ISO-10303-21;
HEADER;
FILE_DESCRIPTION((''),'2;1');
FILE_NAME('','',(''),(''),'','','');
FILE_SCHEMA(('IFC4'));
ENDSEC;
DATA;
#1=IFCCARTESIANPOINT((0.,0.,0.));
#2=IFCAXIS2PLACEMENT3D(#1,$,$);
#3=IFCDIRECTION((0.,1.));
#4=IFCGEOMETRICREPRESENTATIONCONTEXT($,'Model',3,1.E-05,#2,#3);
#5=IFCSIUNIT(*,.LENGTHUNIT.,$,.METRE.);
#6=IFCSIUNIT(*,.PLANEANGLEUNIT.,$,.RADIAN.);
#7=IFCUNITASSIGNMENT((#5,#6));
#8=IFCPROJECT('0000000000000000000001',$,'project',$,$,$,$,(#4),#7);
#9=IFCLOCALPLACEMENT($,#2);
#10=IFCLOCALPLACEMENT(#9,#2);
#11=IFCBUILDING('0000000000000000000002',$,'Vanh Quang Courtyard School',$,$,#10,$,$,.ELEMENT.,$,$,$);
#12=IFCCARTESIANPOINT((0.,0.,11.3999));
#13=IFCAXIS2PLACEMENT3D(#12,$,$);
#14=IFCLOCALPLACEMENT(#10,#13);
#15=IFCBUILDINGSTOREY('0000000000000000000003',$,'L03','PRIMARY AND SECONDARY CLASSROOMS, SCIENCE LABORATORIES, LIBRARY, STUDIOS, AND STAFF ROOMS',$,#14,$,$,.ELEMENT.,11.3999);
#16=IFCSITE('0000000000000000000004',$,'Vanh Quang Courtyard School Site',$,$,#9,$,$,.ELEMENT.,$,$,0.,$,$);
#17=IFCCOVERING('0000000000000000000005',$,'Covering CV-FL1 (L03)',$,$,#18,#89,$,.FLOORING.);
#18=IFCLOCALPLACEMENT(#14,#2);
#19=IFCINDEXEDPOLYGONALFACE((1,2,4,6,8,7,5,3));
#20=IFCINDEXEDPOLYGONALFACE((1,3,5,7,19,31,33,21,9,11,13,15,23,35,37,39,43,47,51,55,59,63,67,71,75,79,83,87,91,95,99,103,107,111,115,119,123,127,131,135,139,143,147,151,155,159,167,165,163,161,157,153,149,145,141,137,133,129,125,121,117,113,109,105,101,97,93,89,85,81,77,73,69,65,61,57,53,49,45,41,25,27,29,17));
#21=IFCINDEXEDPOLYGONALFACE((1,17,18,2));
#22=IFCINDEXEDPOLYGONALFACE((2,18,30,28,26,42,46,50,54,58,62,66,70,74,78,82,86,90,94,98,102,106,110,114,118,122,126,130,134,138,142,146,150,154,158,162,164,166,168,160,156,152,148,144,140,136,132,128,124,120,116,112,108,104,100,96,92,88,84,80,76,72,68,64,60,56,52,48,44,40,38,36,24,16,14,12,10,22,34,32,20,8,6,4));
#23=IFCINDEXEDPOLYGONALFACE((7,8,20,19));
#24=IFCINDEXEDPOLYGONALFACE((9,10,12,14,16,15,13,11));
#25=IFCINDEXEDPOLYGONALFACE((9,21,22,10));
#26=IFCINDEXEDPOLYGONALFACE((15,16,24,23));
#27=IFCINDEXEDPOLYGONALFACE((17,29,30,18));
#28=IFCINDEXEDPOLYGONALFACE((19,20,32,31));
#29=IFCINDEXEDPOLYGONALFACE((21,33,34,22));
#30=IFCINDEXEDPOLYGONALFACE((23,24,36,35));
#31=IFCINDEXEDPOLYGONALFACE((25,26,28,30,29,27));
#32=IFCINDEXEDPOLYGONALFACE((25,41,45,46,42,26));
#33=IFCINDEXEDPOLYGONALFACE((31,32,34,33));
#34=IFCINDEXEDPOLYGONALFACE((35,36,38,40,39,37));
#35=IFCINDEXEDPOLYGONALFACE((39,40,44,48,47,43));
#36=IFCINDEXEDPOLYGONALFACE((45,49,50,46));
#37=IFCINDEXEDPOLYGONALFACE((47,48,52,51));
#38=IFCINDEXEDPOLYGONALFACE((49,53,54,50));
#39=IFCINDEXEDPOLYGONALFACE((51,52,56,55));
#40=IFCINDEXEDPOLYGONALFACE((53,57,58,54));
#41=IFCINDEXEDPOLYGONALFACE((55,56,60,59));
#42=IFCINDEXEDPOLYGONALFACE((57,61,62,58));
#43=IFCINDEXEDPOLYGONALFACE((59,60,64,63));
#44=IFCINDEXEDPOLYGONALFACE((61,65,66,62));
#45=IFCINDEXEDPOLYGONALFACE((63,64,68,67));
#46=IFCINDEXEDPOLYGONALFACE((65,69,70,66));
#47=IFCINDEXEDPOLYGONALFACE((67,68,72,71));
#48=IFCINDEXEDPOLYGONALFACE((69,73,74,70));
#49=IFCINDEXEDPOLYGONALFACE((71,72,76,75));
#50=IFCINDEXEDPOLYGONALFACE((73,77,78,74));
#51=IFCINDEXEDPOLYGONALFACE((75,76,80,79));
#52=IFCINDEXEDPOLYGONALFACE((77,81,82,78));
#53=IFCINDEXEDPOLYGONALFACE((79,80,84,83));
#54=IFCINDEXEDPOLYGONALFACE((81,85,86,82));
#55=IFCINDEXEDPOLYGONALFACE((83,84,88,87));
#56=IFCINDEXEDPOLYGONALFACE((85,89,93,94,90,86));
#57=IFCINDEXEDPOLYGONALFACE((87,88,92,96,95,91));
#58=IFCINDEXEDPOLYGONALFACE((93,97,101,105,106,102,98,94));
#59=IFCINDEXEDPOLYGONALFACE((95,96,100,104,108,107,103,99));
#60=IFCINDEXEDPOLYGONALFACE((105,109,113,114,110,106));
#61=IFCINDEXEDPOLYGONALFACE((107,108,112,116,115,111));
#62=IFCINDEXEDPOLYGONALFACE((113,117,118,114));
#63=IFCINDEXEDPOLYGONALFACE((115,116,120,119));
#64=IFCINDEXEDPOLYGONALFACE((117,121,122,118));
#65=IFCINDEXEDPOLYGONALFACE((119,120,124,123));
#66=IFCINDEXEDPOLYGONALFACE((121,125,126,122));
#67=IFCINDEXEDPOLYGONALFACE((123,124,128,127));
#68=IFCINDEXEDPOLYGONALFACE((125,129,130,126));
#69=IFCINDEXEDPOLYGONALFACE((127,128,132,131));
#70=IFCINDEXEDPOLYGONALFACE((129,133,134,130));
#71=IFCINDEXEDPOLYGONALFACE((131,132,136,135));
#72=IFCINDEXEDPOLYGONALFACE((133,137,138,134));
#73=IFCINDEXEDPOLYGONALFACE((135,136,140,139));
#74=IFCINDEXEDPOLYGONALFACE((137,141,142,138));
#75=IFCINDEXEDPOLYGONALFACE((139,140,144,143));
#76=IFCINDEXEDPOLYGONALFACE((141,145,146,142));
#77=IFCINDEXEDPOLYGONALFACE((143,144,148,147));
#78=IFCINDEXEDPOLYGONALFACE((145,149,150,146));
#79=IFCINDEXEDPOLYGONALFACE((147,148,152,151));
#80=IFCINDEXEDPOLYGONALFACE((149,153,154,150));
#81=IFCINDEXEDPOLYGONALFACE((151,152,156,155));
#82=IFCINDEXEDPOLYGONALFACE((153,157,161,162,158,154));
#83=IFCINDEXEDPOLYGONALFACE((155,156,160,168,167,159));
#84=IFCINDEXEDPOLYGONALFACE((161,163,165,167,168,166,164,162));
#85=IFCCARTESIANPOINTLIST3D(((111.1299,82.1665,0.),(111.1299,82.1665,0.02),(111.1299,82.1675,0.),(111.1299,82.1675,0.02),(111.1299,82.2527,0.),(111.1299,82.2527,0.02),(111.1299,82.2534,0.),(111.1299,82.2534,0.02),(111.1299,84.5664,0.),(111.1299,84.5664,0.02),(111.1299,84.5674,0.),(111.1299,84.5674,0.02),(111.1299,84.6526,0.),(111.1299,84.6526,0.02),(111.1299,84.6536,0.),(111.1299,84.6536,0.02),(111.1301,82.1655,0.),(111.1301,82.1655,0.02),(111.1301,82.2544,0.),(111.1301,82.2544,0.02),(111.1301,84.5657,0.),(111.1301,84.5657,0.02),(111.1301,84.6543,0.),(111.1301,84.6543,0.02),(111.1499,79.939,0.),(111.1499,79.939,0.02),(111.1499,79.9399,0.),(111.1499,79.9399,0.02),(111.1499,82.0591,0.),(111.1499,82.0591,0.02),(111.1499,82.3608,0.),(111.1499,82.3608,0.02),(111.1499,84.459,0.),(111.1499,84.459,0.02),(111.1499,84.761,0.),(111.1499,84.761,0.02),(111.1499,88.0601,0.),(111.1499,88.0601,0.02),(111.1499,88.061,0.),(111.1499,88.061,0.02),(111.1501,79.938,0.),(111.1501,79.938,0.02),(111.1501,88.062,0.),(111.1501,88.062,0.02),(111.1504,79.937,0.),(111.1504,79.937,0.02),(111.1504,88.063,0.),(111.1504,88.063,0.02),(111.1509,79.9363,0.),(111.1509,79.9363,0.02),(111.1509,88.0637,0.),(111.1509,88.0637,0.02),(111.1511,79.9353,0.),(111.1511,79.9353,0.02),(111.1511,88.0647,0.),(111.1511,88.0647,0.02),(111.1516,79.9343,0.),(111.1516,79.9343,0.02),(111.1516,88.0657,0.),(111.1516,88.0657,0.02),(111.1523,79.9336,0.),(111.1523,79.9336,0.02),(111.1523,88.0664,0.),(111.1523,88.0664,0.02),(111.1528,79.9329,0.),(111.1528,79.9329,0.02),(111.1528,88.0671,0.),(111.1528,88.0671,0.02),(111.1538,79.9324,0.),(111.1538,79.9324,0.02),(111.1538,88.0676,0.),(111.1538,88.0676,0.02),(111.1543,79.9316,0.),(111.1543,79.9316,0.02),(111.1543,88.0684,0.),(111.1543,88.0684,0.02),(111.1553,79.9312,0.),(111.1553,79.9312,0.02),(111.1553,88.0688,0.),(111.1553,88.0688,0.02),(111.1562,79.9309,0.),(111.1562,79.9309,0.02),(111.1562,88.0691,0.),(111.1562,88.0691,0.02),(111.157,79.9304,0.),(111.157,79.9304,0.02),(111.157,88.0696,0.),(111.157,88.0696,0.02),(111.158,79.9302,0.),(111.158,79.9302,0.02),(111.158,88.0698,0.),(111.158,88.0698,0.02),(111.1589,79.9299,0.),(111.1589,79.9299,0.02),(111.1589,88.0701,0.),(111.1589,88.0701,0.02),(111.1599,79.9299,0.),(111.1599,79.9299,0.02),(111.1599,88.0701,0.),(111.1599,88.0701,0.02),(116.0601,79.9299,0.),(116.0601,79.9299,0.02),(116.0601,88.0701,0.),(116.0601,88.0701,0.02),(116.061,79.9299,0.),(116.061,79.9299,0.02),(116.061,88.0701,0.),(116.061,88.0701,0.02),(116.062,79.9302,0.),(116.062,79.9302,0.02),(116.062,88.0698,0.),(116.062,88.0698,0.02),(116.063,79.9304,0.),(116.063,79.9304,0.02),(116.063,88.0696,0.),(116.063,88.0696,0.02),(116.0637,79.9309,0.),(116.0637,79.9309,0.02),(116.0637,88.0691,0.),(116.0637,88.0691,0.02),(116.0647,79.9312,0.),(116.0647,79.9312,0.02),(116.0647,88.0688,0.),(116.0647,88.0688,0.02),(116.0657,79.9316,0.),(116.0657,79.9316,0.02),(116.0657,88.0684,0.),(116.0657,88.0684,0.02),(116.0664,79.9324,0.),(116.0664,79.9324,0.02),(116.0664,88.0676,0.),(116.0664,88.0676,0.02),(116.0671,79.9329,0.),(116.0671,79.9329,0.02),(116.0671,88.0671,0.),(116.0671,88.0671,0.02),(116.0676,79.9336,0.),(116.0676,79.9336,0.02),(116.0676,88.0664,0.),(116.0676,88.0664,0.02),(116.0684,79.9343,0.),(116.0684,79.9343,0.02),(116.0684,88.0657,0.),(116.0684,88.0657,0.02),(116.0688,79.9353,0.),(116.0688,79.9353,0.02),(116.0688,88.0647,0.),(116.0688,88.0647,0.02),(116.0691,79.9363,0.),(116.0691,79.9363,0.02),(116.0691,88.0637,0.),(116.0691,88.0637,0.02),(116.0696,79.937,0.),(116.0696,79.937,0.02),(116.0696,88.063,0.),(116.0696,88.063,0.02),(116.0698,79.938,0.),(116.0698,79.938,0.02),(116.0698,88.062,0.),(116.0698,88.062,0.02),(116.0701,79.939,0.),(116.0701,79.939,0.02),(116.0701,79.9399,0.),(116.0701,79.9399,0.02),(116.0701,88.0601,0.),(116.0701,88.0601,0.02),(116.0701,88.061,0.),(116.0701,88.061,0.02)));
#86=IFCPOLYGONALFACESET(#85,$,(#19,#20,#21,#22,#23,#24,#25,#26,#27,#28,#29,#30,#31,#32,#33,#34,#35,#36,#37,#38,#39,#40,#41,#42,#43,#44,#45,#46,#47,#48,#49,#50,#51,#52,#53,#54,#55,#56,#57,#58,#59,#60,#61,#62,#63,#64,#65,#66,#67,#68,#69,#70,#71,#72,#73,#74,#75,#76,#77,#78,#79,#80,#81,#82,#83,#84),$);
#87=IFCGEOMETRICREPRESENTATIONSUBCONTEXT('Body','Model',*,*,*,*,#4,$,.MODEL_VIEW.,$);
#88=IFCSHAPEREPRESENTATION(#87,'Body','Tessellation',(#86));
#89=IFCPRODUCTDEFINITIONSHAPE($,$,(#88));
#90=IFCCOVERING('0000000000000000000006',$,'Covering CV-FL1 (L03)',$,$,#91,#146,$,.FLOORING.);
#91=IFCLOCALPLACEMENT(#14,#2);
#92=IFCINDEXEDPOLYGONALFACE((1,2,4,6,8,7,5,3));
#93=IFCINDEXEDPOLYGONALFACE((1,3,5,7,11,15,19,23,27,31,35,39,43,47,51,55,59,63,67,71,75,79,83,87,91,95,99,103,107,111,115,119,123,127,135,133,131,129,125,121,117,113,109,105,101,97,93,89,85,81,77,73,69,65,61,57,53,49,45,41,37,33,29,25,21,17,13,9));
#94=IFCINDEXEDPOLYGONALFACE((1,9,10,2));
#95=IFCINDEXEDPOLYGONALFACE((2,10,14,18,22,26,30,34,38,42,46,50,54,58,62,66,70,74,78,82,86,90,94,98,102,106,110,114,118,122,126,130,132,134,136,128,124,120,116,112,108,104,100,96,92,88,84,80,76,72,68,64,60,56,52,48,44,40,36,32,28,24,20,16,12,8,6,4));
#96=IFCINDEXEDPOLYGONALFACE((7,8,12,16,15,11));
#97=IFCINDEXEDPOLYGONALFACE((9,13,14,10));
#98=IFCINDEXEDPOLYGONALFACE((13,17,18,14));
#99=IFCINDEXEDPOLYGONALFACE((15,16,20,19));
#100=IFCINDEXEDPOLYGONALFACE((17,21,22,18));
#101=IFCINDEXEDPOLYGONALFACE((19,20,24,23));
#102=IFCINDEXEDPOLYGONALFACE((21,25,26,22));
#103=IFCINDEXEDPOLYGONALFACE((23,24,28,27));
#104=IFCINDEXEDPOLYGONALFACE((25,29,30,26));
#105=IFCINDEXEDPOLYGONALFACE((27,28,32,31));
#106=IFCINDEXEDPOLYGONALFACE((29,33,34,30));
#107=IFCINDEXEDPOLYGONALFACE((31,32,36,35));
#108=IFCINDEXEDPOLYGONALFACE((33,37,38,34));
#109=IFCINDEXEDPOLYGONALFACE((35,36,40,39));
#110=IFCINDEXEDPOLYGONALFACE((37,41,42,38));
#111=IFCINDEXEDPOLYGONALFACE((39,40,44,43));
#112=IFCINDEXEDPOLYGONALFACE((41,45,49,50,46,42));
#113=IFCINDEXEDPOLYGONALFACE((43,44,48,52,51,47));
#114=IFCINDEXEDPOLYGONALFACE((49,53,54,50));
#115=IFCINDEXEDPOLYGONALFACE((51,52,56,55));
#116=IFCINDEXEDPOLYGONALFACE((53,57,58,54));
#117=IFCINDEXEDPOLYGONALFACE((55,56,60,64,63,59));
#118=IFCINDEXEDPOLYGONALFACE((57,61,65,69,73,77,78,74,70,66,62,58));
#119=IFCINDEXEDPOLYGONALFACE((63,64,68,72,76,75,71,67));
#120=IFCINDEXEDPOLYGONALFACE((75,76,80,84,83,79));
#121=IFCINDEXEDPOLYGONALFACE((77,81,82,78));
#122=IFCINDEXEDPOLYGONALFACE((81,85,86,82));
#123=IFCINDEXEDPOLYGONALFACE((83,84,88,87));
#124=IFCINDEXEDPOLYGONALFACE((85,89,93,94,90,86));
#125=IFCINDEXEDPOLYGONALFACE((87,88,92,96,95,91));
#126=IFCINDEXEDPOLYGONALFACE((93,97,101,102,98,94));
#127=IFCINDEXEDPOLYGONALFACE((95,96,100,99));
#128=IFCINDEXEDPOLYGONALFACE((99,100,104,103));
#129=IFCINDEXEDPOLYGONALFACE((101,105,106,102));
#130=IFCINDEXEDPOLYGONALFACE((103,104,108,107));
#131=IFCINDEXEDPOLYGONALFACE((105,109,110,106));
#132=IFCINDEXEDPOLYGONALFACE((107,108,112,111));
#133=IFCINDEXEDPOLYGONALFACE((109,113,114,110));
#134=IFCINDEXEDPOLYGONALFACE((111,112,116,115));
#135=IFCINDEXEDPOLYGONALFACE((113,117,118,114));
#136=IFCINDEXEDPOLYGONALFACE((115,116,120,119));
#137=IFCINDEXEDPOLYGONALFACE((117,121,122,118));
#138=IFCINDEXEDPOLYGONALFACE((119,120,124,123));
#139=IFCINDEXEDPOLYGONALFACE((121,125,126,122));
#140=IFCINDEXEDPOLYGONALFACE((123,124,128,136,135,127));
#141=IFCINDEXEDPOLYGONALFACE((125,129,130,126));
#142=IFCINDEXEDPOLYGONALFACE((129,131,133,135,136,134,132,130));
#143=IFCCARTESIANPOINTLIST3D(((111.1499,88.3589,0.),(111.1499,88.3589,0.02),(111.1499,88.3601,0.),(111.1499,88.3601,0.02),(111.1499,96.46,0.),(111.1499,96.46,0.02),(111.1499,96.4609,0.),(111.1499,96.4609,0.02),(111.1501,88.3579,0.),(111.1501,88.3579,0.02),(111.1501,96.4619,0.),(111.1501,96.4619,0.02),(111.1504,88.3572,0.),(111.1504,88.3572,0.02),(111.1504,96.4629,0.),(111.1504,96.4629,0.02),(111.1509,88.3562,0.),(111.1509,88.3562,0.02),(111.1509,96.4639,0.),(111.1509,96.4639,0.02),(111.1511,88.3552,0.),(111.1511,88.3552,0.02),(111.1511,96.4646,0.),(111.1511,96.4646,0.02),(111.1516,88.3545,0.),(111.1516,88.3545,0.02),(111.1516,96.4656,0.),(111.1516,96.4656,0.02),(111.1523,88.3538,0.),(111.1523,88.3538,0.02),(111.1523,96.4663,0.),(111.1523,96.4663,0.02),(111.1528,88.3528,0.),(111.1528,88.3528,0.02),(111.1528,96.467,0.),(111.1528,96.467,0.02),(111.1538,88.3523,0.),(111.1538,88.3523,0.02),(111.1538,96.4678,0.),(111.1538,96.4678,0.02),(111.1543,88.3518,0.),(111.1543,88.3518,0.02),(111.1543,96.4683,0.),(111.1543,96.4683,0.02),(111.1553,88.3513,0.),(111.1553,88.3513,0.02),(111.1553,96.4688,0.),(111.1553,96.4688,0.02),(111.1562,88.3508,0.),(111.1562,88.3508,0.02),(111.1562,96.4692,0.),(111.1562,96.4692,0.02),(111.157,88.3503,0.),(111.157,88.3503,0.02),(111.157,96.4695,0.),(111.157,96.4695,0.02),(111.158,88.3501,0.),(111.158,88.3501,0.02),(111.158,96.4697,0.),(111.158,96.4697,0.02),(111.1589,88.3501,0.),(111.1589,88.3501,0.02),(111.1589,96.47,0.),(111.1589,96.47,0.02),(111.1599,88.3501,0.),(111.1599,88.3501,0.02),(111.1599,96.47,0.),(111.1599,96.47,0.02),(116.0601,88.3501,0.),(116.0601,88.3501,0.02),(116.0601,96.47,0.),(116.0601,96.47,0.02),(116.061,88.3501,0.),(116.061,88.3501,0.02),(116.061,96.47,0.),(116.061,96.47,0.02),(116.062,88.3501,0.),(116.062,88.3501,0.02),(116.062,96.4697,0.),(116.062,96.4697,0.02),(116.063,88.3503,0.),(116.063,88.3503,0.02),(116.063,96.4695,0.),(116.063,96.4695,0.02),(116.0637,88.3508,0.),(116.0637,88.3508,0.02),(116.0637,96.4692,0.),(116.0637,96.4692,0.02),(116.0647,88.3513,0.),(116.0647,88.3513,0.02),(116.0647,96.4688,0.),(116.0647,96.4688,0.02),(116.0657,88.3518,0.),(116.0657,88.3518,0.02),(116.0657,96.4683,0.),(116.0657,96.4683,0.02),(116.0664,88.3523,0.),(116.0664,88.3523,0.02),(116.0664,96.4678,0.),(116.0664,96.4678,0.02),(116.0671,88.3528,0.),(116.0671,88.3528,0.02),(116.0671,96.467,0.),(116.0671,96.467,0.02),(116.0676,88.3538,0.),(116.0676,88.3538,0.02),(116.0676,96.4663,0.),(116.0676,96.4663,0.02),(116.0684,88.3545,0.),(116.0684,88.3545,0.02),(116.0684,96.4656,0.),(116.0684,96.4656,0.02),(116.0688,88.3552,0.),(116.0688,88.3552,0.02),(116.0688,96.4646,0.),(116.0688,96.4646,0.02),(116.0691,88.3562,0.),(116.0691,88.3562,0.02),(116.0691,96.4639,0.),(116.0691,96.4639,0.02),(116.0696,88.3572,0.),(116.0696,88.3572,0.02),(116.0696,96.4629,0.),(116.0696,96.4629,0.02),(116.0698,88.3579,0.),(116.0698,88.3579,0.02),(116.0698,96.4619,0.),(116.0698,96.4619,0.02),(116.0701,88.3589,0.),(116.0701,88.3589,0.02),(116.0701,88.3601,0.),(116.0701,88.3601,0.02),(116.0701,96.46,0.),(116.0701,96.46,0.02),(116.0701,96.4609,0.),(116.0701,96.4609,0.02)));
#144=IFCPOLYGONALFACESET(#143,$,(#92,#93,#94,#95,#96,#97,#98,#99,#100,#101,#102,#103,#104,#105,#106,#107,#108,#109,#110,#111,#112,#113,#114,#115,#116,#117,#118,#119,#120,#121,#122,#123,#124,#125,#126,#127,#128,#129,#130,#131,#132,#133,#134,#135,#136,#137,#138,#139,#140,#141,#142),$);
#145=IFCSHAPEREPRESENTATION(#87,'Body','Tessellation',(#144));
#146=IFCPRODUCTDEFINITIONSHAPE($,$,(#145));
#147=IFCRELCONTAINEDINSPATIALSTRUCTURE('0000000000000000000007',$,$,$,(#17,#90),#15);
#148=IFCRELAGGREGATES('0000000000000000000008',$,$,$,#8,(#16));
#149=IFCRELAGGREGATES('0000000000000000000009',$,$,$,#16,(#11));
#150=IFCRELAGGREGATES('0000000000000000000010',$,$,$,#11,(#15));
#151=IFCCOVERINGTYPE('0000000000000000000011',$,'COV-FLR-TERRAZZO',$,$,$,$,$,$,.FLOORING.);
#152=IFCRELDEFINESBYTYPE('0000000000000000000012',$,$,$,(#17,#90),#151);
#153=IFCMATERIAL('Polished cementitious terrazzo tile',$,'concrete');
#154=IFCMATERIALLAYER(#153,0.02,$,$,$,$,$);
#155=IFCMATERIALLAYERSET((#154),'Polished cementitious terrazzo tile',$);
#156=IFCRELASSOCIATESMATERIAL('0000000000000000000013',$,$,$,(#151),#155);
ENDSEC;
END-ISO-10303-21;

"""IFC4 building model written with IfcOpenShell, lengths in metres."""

from ifc_helpers import new_model, si_unit, direction, frame, origin, place, context, subcontext, project, spatial, polyline, outline, extrude, material, layer, layer_set, type_object, element, save


model = new_model("IFC4")

# Units and contexts
model_context = context("Model", 3, precision=1e-05, world=origin(), true_north=direction((0.0, 1.0)))
body_context = subcontext(model_context, "Body", "Model", "MODEL_VIEW")
ifc_project = project(units=[si_unit("LENGTHUNIT", "METRE"), si_unit("PLANEANGLEUNIT", "RADIAN")], contexts=[model_context])

# Site, building, storey
site_placement = place(None, origin())
site = spatial("IfcSite", under=ifc_project, at=site_placement, Name="Vanh Quang Courtyard School Site", CompositionType="ELEMENT", RefElevation=0.0)
building_placement = place(site_placement, origin())
building = spatial("IfcBuilding", under=site, at=building_placement, Name="Vanh Quang Courtyard School", CompositionType="ELEMENT")
storey_placement = place(building_placement, frame((0.0, 0.0, 11.3999)))
storey = spatial("IfcBuildingStorey", under=building, at=storey_placement, Name="L03", Description="PRIMARY AND SECONDARY CLASSROOMS, SCIENCE LABORATORIES, LIBRARY, STUDIOS, AND STAFF ROOMS", CompositionType="ELEMENT", Elevation=11.3999)

# Coverings
ifc_material_1 = material(Name="Polished cementitious terrazzo tile", Category="concrete")
ifc_layer_1 = layer(ifc_material_1, 0.02)
ifc_layer_set_1 = layer_set([ifc_layer_1], Name="Polished cementitious terrazzo tile")
covering_type_1 = type_object("IfcCoveringType", Name="COV-FLR-TERRAZZO", PredefinedType="FLOORING", material=ifc_layer_set_1)
covering_1_placement = place(storey_placement, origin())
element("IfcCovering", 1, at=covering_1_placement, inside=storey, type_object=covering_type_1, Name="Covering CV-FL1 (L03)", PredefinedType="FLOORING", context=body_context, shape_type="SweptSolid", body=[
    extrude(outline(polyline([(111.1599, 79.9299), (111.1589, 79.9299), (111.158, 79.9302), (111.157, 79.9304), (111.1562, 79.9309), (111.1553, 79.9312), (111.1543, 79.9316), (111.1538, 79.9324), (111.1528, 79.9329), (111.1523, 79.9336), (111.1516, 79.9343), (111.1511, 79.9353), (111.1509, 79.9363), (111.1504, 79.937), (111.1501, 79.938), (111.1499, 79.939), (111.1499, 79.9399), (111.1499, 82.0591), (111.1301, 82.1655), (111.1299, 82.1665), (111.1299, 82.1675), (111.1299, 82.2527), (111.1299, 82.2534), (111.1301, 82.2544), (111.1499, 82.3608), (111.1499, 84.459), (111.1301, 84.5657), (111.1299, 84.5664), (111.1299, 84.5674), (111.1299, 84.6526), (111.1299, 84.6536), (111.1301, 84.6543), (111.1499, 84.761), (111.1499, 88.0601), (111.1499, 88.061), (111.1501, 88.062), (111.1504, 88.063), (111.1509, 88.0637), (111.1511, 88.0647), (111.1516, 88.0657), (111.1523, 88.0664), (111.1528, 88.0671), (111.1538, 88.0676), (111.1543, 88.0684), (111.1553, 88.0688), (111.1562, 88.0691), (111.157, 88.0696), (111.158, 88.0698), (111.1589, 88.0701), (111.1599, 88.0701), (116.0601, 88.0701), (116.061, 88.0701), (116.062, 88.0698), (116.063, 88.0696), (116.0637, 88.0691), (116.0647, 88.0688), (116.0657, 88.0684), (116.0664, 88.0676), (116.0671, 88.0671), (116.0676, 88.0664), (116.0684, 88.0657), (116.0688, 88.0647), (116.0691, 88.0637), (116.0696, 88.063), (116.0698, 88.062), (116.0701, 88.061), (116.0701, 88.0601), (116.0701, 79.9399), (116.0701, 79.939), (116.0698, 79.938), (116.0696, 79.937), (116.0691, 79.9363), (116.0688, 79.9353), (116.0684, 79.9343), (116.0676, 79.9336), (116.0671, 79.9329), (116.0664, 79.9324), (116.0657, 79.9316), (116.0647, 79.9312), (116.0637, 79.9309), (116.063, 79.9304), (116.062, 79.9302), (116.061, 79.9299), (116.0601, 79.9299), (111.1599, 79.9299)])), origin(), (0.0, 0.0, 1.0), 0.02),
])
covering_2_placement = place(storey_placement, origin())
element("IfcCovering", 2, at=covering_2_placement, inside=storey, type_object=covering_type_1, Name="Covering CV-FL1 (L03)", PredefinedType="FLOORING", context=body_context, shape_type="SweptSolid", body=[
    extrude(outline(polyline([(111.1599, 88.3501), (111.1589, 88.3501), (111.158, 88.3501), (111.157, 88.3503), (111.1562, 88.3508), (111.1553, 88.3513), (111.1543, 88.3518), (111.1538, 88.3523), (111.1528, 88.3528), (111.1523, 88.3538), (111.1516, 88.3545), (111.1511, 88.3552), (111.1509, 88.3562), (111.1504, 88.3572), (111.1501, 88.3579), (111.1499, 88.3589), (111.1499, 88.3601), (111.1499, 96.46), (111.1499, 96.4609), (111.1501, 96.4619), (111.1504, 96.4629), (111.1509, 96.4639), (111.1511, 96.4646), (111.1516, 96.4656), (111.1523, 96.4663), (111.1528, 96.467), (111.1538, 96.4678), (111.1543, 96.4683), (111.1553, 96.4688), (111.1562, 96.4692), (111.157, 96.4695), (111.158, 96.4697), (111.1589, 96.47), (111.1599, 96.47), (116.0601, 96.47), (116.061, 96.47), (116.062, 96.4697), (116.063, 96.4695), (116.0637, 96.4692), (116.0647, 96.4688), (116.0657, 96.4683), (116.0664, 96.4678), (116.0671, 96.467), (116.0676, 96.4663), (116.0684, 96.4656), (116.0688, 96.4646), (116.0691, 96.4639), (116.0696, 96.4629), (116.0698, 96.4619), (116.0701, 96.4609), (116.0701, 96.46), (116.0701, 88.3601), (116.0701, 88.3589), (116.0698, 88.3579), (116.0696, 88.3572), (116.0691, 88.3562), (116.0688, 88.3552), (116.0684, 88.3545), (116.0676, 88.3538), (116.0671, 88.3528), (116.0664, 88.3523), (116.0657, 88.3518), (116.0647, 88.3513), (116.0637, 88.3508), (116.063, 88.3503), (116.062, 88.3501), (116.061, 88.3501), (116.0601, 88.3501), (111.1599, 88.3501)])), origin(), (0.0, 0.0, 1.0), 0.02),
])

save(model, "model.ifc")
